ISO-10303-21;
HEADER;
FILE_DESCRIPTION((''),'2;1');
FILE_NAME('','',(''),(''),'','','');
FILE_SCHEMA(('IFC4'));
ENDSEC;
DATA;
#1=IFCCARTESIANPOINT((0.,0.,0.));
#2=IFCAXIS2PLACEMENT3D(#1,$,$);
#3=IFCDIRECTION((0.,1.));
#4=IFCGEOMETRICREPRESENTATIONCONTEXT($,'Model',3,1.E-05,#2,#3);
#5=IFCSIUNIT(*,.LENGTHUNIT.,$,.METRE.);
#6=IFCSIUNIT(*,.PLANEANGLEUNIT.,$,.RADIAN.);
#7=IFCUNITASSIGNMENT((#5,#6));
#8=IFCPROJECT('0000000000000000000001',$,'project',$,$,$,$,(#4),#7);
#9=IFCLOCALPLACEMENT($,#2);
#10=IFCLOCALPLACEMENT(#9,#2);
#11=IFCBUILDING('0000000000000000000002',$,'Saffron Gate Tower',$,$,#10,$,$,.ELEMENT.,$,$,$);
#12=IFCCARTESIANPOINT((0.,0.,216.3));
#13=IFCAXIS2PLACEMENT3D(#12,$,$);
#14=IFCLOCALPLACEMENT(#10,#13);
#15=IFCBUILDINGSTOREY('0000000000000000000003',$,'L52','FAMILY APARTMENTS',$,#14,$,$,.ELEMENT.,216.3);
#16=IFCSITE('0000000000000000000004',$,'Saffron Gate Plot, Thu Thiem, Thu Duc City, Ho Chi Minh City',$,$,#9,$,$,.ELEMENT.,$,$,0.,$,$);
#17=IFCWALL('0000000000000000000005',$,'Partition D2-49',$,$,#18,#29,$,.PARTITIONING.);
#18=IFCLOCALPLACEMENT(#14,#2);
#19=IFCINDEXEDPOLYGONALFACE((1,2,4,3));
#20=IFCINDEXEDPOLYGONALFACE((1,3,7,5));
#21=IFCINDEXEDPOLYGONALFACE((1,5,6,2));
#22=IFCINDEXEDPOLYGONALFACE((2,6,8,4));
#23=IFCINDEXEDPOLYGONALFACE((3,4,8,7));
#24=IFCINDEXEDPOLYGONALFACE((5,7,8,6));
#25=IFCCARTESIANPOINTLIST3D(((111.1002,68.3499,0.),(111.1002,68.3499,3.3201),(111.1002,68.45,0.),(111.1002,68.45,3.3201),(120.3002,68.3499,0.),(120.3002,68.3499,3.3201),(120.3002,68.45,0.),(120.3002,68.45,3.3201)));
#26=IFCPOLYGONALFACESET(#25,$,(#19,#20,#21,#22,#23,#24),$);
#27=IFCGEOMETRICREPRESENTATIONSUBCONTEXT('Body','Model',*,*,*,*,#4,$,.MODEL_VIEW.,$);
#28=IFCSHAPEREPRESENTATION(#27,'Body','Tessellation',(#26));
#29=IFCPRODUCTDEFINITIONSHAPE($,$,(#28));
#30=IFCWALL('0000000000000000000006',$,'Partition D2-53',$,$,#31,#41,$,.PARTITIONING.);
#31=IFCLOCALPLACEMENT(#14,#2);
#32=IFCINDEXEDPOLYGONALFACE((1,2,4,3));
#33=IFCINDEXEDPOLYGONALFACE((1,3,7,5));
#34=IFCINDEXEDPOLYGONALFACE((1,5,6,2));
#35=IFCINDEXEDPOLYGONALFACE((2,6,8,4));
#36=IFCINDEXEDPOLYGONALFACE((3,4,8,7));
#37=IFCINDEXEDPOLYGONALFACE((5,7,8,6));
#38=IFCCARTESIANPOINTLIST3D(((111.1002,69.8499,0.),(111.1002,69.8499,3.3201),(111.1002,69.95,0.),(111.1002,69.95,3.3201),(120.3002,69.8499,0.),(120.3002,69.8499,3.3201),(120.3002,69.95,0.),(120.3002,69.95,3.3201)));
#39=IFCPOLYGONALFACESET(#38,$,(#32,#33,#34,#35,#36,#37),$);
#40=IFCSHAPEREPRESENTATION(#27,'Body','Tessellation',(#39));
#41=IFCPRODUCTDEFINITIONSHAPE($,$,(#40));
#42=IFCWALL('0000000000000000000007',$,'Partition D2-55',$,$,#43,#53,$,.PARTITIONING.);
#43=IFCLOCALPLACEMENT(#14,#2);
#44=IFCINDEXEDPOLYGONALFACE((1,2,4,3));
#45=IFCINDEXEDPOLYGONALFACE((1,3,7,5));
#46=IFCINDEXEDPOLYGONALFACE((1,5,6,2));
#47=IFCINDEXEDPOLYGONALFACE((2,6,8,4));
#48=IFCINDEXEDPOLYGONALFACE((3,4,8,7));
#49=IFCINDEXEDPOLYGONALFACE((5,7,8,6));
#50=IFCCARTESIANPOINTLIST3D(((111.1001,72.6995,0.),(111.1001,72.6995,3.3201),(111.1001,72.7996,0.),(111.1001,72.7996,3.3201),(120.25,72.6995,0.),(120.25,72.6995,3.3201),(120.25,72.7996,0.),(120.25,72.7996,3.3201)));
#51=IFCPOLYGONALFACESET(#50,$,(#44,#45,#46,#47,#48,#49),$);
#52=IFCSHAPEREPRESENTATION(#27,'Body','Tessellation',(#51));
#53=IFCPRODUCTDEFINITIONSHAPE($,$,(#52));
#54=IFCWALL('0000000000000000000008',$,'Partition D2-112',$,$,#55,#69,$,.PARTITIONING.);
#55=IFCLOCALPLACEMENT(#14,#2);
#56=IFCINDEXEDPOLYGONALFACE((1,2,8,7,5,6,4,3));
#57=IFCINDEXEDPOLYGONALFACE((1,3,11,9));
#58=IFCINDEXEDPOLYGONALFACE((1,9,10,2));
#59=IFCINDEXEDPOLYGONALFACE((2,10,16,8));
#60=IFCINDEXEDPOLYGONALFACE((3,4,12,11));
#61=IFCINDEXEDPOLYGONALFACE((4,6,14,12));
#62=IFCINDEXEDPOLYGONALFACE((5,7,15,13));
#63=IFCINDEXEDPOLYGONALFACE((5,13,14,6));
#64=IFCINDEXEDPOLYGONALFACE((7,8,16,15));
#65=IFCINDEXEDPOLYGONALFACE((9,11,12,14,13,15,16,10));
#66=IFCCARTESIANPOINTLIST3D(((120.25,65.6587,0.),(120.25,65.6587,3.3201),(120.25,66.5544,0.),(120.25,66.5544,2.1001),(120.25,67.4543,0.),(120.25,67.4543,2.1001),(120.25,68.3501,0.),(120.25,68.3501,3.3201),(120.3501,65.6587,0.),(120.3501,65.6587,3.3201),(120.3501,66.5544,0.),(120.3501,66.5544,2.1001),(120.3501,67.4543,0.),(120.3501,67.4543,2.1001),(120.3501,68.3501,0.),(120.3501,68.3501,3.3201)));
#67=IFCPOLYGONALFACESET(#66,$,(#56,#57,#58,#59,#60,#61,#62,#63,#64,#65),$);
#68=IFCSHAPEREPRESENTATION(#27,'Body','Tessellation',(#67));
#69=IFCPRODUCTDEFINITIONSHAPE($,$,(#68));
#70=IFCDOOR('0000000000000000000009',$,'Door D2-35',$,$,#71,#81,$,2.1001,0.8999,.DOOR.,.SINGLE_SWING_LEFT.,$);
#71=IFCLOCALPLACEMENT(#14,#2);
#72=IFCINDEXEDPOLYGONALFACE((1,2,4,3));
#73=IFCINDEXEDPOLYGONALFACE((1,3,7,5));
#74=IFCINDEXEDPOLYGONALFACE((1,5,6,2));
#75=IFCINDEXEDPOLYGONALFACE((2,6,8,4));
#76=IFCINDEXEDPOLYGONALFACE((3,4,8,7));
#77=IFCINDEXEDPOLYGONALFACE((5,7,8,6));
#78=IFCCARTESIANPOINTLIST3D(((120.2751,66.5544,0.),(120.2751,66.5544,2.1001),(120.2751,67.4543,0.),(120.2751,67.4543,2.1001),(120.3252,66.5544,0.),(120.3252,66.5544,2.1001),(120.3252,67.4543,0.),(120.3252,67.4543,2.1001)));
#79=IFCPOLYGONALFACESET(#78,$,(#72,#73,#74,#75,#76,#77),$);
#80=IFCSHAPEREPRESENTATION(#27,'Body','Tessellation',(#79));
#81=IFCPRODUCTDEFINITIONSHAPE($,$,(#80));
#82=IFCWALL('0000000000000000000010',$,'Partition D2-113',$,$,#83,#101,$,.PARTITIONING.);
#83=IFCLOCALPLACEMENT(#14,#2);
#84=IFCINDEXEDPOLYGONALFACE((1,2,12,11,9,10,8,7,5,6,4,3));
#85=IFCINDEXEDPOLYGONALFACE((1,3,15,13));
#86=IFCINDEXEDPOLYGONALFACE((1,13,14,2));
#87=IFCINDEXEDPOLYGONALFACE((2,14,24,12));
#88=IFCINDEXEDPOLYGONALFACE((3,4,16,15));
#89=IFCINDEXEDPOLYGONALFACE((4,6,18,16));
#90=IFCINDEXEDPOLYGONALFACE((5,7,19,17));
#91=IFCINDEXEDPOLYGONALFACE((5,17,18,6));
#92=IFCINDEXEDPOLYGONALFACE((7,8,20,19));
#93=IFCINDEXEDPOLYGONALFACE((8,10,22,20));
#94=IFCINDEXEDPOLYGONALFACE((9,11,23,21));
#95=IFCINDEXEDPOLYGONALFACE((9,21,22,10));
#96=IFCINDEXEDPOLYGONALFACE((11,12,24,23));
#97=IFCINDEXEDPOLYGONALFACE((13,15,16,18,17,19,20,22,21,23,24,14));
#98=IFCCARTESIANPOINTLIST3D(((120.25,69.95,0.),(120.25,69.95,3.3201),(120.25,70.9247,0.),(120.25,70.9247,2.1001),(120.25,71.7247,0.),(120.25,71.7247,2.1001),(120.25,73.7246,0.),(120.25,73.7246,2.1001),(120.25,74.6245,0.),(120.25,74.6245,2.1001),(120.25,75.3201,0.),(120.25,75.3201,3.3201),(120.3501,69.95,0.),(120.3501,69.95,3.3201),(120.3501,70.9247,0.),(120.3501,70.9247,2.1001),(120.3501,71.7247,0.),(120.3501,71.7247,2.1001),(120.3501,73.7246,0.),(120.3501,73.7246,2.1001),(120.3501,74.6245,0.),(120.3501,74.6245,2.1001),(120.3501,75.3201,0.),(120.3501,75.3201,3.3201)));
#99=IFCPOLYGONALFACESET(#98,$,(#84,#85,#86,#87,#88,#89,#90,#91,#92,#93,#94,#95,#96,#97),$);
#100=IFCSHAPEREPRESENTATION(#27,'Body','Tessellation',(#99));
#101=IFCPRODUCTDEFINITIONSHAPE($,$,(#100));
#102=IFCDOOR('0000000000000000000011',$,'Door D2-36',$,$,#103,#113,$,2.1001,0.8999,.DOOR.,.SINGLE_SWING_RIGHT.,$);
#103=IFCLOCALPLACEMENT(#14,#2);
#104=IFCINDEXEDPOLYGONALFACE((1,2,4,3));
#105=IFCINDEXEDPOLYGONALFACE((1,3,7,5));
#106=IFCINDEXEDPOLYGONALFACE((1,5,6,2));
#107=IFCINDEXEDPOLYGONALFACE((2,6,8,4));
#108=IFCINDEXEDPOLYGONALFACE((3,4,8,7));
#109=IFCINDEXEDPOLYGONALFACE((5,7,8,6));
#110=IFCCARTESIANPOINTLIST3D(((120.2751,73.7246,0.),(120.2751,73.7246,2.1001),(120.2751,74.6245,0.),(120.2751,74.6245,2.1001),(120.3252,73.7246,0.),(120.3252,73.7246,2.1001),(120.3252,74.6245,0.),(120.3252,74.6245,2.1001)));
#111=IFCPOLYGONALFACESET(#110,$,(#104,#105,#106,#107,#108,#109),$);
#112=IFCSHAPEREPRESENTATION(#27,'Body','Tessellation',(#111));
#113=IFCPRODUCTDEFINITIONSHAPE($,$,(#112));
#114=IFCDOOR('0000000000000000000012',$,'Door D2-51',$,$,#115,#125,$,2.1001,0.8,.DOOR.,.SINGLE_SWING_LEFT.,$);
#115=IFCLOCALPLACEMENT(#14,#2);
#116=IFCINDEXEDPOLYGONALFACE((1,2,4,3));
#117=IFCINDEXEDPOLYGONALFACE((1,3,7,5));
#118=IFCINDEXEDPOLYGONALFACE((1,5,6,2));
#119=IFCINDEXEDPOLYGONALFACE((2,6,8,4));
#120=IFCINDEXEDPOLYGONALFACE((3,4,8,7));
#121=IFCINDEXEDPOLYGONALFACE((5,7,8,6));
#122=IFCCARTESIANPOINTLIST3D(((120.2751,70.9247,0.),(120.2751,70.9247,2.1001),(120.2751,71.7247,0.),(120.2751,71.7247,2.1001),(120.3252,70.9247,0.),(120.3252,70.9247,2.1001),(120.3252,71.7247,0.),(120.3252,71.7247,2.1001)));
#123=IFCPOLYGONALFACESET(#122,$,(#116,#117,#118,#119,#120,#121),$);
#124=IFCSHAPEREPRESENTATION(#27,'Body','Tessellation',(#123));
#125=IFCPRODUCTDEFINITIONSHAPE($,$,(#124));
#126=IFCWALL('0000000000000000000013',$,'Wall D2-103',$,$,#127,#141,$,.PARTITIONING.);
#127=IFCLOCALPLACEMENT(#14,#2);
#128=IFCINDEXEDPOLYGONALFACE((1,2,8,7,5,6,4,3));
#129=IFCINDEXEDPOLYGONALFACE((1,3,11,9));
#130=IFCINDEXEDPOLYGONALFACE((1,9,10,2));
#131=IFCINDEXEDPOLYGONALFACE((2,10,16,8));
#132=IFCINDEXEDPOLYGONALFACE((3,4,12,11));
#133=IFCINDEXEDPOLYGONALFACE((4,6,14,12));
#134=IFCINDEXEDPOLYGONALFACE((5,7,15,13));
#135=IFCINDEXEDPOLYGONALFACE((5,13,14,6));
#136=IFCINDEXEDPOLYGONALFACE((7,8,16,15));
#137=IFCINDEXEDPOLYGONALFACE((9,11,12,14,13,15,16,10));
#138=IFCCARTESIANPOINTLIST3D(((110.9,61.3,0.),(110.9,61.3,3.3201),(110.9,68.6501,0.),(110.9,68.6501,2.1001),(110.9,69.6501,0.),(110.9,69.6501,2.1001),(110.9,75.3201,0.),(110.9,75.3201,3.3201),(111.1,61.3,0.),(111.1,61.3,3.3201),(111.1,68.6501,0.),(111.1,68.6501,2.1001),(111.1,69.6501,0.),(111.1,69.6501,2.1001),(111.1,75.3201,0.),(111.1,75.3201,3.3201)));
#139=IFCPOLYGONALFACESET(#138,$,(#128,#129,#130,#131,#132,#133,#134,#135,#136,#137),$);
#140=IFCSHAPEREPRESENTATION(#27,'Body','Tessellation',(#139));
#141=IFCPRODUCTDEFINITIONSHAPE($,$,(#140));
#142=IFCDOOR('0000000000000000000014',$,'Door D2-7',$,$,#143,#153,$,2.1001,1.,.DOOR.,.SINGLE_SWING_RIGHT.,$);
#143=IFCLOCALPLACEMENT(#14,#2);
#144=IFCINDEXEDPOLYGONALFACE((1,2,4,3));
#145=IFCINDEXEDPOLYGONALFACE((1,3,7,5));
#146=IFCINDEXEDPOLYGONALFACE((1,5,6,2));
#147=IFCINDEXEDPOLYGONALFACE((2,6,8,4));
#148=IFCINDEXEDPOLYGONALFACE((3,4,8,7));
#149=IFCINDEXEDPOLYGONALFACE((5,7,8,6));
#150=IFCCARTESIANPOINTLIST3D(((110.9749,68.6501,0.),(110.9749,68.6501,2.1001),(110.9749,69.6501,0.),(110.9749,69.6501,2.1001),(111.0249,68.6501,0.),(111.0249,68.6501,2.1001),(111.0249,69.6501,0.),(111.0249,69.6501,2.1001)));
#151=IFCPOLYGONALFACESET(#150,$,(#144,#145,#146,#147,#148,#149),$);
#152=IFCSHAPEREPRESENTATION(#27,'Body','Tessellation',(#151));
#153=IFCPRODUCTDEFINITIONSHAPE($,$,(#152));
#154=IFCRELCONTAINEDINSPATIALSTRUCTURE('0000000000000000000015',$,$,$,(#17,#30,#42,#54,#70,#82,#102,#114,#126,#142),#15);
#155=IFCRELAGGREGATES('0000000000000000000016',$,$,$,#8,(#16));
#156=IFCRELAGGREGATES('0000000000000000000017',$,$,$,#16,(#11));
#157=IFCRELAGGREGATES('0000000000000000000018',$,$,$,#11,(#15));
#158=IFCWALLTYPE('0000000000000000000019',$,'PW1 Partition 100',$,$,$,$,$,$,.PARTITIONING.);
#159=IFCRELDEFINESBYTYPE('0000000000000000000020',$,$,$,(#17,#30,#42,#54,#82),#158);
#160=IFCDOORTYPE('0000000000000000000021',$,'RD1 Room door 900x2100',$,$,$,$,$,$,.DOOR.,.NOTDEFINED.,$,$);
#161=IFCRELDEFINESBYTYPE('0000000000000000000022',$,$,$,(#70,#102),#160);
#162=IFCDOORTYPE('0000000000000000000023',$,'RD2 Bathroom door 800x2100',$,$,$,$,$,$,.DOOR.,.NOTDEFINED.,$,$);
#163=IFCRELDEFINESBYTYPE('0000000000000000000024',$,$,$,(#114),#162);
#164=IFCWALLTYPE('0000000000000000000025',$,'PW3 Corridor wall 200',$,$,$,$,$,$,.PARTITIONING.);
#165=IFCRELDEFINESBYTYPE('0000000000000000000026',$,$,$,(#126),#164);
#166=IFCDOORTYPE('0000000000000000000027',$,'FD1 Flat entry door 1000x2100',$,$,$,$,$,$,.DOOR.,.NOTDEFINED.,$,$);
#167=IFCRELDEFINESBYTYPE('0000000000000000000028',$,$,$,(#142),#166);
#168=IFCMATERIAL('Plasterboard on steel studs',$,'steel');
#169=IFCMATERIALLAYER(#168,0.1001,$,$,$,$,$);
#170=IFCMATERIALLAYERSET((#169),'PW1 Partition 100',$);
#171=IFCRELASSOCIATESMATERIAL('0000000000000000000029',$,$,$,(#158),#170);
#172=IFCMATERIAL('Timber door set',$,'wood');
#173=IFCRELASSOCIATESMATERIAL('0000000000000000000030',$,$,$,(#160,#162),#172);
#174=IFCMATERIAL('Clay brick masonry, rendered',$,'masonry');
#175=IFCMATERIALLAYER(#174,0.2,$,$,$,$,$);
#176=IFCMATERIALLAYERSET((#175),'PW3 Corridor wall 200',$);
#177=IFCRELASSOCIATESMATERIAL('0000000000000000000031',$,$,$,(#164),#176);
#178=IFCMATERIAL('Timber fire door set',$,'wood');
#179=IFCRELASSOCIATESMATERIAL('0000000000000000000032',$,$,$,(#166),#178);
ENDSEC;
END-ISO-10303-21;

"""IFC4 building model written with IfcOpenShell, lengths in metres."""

from ifc_helpers import new_model, si_unit, direction, frame, frame_2d, origin, place, context, subcontext, project, spatial, rectangle, extrude, material, layer, layer_set, type_object, element, fill, save


model = new_model("IFC4")

# Units and contexts
model_context = context("Model", 3, precision=1e-05, world=origin(), true_north=direction((0.0, 1.0)))
body_context = subcontext(model_context, "Body", "Model", "MODEL_VIEW")
ifc_project = project(units=[si_unit("LENGTHUNIT", "METRE"), si_unit("PLANEANGLEUNIT", "RADIAN")], contexts=[model_context])

# Site, building, storey
site_placement = place(None, origin())
site = spatial("IfcSite", under=ifc_project, at=site_placement, Name="Saffron Gate Plot, Thu Thiem, Thu Duc City, Ho Chi Minh City", CompositionType="ELEMENT", RefElevation=0.0)
building_placement = place(site_placement, origin())
building = spatial("IfcBuilding", under=site, at=building_placement, Name="Saffron Gate Tower", CompositionType="ELEMENT")
storey_placement = place(building_placement, frame((0.0, 0.0, 216.3)))
storey = spatial("IfcBuildingStorey", under=building, at=storey_placement, Name="L52", Description="FAMILY APARTMENTS", CompositionType="ELEMENT", Elevation=216.3)

# Walls
ifc_material_1 = material(Name="Plasterboard on steel studs", Category="steel")
ifc_layer_1 = layer(ifc_material_1, 0.1001)
ifc_layer_set_1 = layer_set([ifc_layer_1], Name="PW1 Partition 100")
wall_type_1 = type_object("IfcWallType", Name="PW1 Partition 100", PredefinedType="PARTITIONING", material=ifc_layer_set_1)
for number, where, z_axis, x_axis, name in (
    (1, (111.1001, 68.3999, 0.0), (0.0, 0.0, 1.0), (1.0, 0.0, 0.0), "Partition D2-49"),
    (2, (111.1001, 69.8999, 0.0), (0.0, 0.0, 1.0), (1.0, 0.0, 0.0), "Partition D2-53"),
):
    element("IfcWall", number, at=place(storey_placement, frame(where, z_axis=z_axis, x_axis=x_axis)), inside=storey, type_object=wall_type_1, Name=name, PredefinedType="PARTITIONING", context=body_context, shape_type="SweptSolid", body=[
        extrude(rectangle(XDim=9.2, YDim=0.1001, at=frame_2d((4.6001, 0.0))), origin(), (0.0, 0.0, 1.0), 3.3201),
    ])
wall_1_placement = place(storey_placement, frame((111.1001, 72.7495, 0.0), z_axis=(0.0, 0.0, 1.0), x_axis=(1.0, 0.0, 0.0)))
element("IfcWall", 3, at=wall_1_placement, inside=storey, type_object=wall_type_1, Name="Partition D2-55", PredefinedType="PARTITIONING", context=body_context, shape_type="SweptSolid", body=[
    extrude(rectangle(XDim=9.1499, YDim=0.1001, at=frame_2d((4.575, 0.0))), origin(), (0.0, 0.0, 1.0), 3.3201),
])

# Wall, opening, door
wall_2_placement = place(storey_placement, frame((120.3, 65.6587, 0.0), z_axis=(0.0, 0.0, 1.0), x_axis=(0.0, 1.0, 0.0)))
wall_2 = element("IfcWall", 4, at=wall_2_placement, inside=storey, type_object=wall_type_1, Name="Partition D2-112", PredefinedType="PARTITIONING", context=body_context, shape_type="SweptSolid", body=[
    extrude(rectangle(XDim=2.6914, YDim=0.1001, at=frame_2d((1.3457, 0.0))), origin(), (0.0, 0.0, 1.0), 3.3201),
])
opening_1_placement = place(wall_2_placement, frame((0.8958, 0.0, 0.0)))
opening_1 = element("IfcOpeningElement", 5, at=opening_1_placement, cuts=wall_2, PredefinedType="OPENING", context=body_context, shape_type="SweptSolid", body=[
    extrude(rectangle(XDim=0.8999, YDim=2.1001, at=frame_2d((0.45, 1.05))), frame((0.0, 0.0601, 0.0), z_axis=(0.0, -1.0, 0.0), x_axis=(1.0, 0.0, 0.0)), (0.0, 0.0, 1.0), 0.1201),
])
ifc_material_2 = material(Name="Timber door set", Category="wood")
door_type_1 = type_object("IfcDoorType", Name="RD1 Room door 900x2100", OperationType="NOTDEFINED", PredefinedType="DOOR", material=ifc_material_2)
door_1_placement = place(opening_1_placement, origin())
door_1 = element("IfcDoor", 6, at=door_1_placement, inside=storey, type_object=door_type_1, Name="Door D2-35", OperationType="SINGLE_SWING_LEFT", OverallHeight=2.1001, OverallWidth=0.8999, PredefinedType="DOOR", context=body_context, shape_type="SweptSolid", body=[
    extrude(rectangle(XDim=0.8999, YDim=2.1001, at=frame_2d((0.45, 1.05))), frame((0.0, 0.0249, 0.0), z_axis=(0.0, -1.0, 0.0), x_axis=(1.0, 0.0, 0.0)), (0.0, 0.0, 1.0), 0.05),
])
fill(opening_1, door_1)

# Wall, openings, doors
wall_3_placement = place(storey_placement, frame((120.3, 69.95, 0.0), z_axis=(0.0, 0.0, 1.0), x_axis=(0.0, 1.0, 0.0)))
wall_3 = element("IfcWall", 7, at=wall_3_placement, inside=storey, type_object=wall_type_1, Name="Partition D2-113", PredefinedType="PARTITIONING", context=body_context, shape_type="SweptSolid", body=[
    extrude(rectangle(XDim=5.3701, YDim=0.1001, at=frame_2d((2.6851, 0.0))), origin(), (0.0, 0.0, 1.0), 3.3201),
])
opening_2_placement = place(wall_3_placement, frame((0.9749, 0.0, 0.0)))
opening_2 = element("IfcOpeningElement", 8, at=opening_2_placement, cuts=wall_3, PredefinedType="OPENING", context=body_context, shape_type="SweptSolid", body=[
    extrude(rectangle(XDim=0.8, YDim=2.1001, at=frame_2d((0.3999, 1.05))), frame((0.0, 0.0601, 0.0), z_axis=(0.0, -1.0, 0.0), x_axis=(1.0, 0.0, 0.0)), (0.0, 0.0, 1.0), 0.1201),
])
opening_3_placement = place(wall_3_placement, frame((3.7747, 0.0, 0.0)))
opening_3 = element("IfcOpeningElement", 9, at=opening_3_placement, cuts=wall_3, PredefinedType="OPENING", context=body_context, shape_type="SweptSolid", body=[
    extrude(rectangle(XDim=0.8999, YDim=2.1001, at=frame_2d((0.45, 1.05))), frame((0.0, 0.0601, 0.0), z_axis=(0.0, -1.0, 0.0), x_axis=(1.0, 0.0, 0.0)), (0.0, 0.0, 1.0), 0.1201),
])
door_2_placement = place(opening_3_placement, origin())
door_2 = element("IfcDoor", 10, at=door_2_placement, inside=storey, type_object=door_type_1, Name="Door D2-36", OperationType="SINGLE_SWING_RIGHT", OverallHeight=2.1001, OverallWidth=0.8999, PredefinedType="DOOR", context=body_context, shape_type="SweptSolid", body=[
    extrude(rectangle(XDim=0.8999, YDim=2.1001, at=frame_2d((0.45, 1.05))), frame((0.0, 0.0249, 0.0), z_axis=(0.0, -1.0, 0.0), x_axis=(1.0, 0.0, 0.0)), (0.0, 0.0, 1.0), 0.05),
])
fill(opening_3, door_2)
door_type_2 = type_object("IfcDoorType", Name="RD2 Bathroom door 800x2100", OperationType="NOTDEFINED", PredefinedType="DOOR", material=ifc_material_2)
door_3_placement = place(opening_2_placement, origin())
door_3 = element("IfcDoor", 11, at=door_3_placement, inside=storey, type_object=door_type_2, Name="Door D2-51", OperationType="SINGLE_SWING_LEFT", OverallHeight=2.1001, OverallWidth=0.8, PredefinedType="DOOR", context=body_context, shape_type="SweptSolid", body=[
    extrude(rectangle(XDim=0.8, YDim=2.1001, at=frame_2d((0.3999, 1.05))), frame((0.0, 0.0249, 0.0), z_axis=(0.0, -1.0, 0.0), x_axis=(1.0, 0.0, 0.0)), (0.0, 0.0, 1.0), 0.05),
])
fill(opening_2, door_3)

# Wall, opening, door
ifc_material_3 = material(Name="Clay brick masonry, rendered", Category="masonry")
ifc_layer_2 = layer(ifc_material_3, 0.2)
ifc_layer_set_2 = layer_set([ifc_layer_2], Name="PW3 Corridor wall 200")
wall_type_2 = type_object("IfcWallType", Name="PW3 Corridor wall 200", PredefinedType="PARTITIONING", material=ifc_layer_set_2)
wall_4_placement = place(storey_placement, frame((111.0, 75.3201, 0.0), z_axis=(0.0, 0.0, 1.0), x_axis=(0.0, -1.0, 0.0)))
wall_4 = element("IfcWall", 12, at=wall_4_placement, inside=storey, type_object=wall_type_2, Name="Wall D2-103", PredefinedType="PARTITIONING", context=body_context, shape_type="SweptSolid", body=[
    extrude(rectangle(XDim=14.02, YDim=0.2, at=frame_2d((7.01, 0.0))), origin(), (0.0, 0.0, 1.0), 3.3201),
])
opening_4_placement = place(wall_4_placement, frame((5.6699, 0.0, 0.0)))
opening_4 = element("IfcOpeningElement", 13, at=opening_4_placement, cuts=wall_4, PredefinedType="OPENING", context=body_context, shape_type="SweptSolid", body=[
    extrude(rectangle(XDim=1.0, YDim=2.1001, at=frame_2d((0.5, 1.05))), frame((0.0, 0.1099, 0.0), z_axis=(0.0, -1.0, 0.0), x_axis=(1.0, 0.0, 0.0)), (0.0, 0.0, 1.0), 0.22),
])
ifc_material_4 = material(Name="Timber fire door set", Category="wood")
door_type_3 = type_object("IfcDoorType", Name="FD1 Flat entry door 1000x2100", OperationType="NOTDEFINED", PredefinedType="DOOR", material=ifc_material_4)
door_4_placement = place(opening_4_placement, origin())
door_4 = element("IfcDoor", 14, at=door_4_placement, inside=storey, type_object=door_type_3, Name="Door D2-7", OperationType="SINGLE_SWING_RIGHT", OverallHeight=2.1001, OverallWidth=1.0, PredefinedType="DOOR", context=body_context, shape_type="SweptSolid", body=[
    extrude(rectangle(XDim=1.0, YDim=2.1001, at=frame_2d((0.5, 1.05))), frame((0.0, 0.0249, 0.0), z_axis=(0.0, -1.0, 0.0), x_axis=(1.0, 0.0, 0.0)), (0.0, 0.0, 1.0), 0.05),
])
fill(opening_4, door_4)

save(model, "model.ifc")
